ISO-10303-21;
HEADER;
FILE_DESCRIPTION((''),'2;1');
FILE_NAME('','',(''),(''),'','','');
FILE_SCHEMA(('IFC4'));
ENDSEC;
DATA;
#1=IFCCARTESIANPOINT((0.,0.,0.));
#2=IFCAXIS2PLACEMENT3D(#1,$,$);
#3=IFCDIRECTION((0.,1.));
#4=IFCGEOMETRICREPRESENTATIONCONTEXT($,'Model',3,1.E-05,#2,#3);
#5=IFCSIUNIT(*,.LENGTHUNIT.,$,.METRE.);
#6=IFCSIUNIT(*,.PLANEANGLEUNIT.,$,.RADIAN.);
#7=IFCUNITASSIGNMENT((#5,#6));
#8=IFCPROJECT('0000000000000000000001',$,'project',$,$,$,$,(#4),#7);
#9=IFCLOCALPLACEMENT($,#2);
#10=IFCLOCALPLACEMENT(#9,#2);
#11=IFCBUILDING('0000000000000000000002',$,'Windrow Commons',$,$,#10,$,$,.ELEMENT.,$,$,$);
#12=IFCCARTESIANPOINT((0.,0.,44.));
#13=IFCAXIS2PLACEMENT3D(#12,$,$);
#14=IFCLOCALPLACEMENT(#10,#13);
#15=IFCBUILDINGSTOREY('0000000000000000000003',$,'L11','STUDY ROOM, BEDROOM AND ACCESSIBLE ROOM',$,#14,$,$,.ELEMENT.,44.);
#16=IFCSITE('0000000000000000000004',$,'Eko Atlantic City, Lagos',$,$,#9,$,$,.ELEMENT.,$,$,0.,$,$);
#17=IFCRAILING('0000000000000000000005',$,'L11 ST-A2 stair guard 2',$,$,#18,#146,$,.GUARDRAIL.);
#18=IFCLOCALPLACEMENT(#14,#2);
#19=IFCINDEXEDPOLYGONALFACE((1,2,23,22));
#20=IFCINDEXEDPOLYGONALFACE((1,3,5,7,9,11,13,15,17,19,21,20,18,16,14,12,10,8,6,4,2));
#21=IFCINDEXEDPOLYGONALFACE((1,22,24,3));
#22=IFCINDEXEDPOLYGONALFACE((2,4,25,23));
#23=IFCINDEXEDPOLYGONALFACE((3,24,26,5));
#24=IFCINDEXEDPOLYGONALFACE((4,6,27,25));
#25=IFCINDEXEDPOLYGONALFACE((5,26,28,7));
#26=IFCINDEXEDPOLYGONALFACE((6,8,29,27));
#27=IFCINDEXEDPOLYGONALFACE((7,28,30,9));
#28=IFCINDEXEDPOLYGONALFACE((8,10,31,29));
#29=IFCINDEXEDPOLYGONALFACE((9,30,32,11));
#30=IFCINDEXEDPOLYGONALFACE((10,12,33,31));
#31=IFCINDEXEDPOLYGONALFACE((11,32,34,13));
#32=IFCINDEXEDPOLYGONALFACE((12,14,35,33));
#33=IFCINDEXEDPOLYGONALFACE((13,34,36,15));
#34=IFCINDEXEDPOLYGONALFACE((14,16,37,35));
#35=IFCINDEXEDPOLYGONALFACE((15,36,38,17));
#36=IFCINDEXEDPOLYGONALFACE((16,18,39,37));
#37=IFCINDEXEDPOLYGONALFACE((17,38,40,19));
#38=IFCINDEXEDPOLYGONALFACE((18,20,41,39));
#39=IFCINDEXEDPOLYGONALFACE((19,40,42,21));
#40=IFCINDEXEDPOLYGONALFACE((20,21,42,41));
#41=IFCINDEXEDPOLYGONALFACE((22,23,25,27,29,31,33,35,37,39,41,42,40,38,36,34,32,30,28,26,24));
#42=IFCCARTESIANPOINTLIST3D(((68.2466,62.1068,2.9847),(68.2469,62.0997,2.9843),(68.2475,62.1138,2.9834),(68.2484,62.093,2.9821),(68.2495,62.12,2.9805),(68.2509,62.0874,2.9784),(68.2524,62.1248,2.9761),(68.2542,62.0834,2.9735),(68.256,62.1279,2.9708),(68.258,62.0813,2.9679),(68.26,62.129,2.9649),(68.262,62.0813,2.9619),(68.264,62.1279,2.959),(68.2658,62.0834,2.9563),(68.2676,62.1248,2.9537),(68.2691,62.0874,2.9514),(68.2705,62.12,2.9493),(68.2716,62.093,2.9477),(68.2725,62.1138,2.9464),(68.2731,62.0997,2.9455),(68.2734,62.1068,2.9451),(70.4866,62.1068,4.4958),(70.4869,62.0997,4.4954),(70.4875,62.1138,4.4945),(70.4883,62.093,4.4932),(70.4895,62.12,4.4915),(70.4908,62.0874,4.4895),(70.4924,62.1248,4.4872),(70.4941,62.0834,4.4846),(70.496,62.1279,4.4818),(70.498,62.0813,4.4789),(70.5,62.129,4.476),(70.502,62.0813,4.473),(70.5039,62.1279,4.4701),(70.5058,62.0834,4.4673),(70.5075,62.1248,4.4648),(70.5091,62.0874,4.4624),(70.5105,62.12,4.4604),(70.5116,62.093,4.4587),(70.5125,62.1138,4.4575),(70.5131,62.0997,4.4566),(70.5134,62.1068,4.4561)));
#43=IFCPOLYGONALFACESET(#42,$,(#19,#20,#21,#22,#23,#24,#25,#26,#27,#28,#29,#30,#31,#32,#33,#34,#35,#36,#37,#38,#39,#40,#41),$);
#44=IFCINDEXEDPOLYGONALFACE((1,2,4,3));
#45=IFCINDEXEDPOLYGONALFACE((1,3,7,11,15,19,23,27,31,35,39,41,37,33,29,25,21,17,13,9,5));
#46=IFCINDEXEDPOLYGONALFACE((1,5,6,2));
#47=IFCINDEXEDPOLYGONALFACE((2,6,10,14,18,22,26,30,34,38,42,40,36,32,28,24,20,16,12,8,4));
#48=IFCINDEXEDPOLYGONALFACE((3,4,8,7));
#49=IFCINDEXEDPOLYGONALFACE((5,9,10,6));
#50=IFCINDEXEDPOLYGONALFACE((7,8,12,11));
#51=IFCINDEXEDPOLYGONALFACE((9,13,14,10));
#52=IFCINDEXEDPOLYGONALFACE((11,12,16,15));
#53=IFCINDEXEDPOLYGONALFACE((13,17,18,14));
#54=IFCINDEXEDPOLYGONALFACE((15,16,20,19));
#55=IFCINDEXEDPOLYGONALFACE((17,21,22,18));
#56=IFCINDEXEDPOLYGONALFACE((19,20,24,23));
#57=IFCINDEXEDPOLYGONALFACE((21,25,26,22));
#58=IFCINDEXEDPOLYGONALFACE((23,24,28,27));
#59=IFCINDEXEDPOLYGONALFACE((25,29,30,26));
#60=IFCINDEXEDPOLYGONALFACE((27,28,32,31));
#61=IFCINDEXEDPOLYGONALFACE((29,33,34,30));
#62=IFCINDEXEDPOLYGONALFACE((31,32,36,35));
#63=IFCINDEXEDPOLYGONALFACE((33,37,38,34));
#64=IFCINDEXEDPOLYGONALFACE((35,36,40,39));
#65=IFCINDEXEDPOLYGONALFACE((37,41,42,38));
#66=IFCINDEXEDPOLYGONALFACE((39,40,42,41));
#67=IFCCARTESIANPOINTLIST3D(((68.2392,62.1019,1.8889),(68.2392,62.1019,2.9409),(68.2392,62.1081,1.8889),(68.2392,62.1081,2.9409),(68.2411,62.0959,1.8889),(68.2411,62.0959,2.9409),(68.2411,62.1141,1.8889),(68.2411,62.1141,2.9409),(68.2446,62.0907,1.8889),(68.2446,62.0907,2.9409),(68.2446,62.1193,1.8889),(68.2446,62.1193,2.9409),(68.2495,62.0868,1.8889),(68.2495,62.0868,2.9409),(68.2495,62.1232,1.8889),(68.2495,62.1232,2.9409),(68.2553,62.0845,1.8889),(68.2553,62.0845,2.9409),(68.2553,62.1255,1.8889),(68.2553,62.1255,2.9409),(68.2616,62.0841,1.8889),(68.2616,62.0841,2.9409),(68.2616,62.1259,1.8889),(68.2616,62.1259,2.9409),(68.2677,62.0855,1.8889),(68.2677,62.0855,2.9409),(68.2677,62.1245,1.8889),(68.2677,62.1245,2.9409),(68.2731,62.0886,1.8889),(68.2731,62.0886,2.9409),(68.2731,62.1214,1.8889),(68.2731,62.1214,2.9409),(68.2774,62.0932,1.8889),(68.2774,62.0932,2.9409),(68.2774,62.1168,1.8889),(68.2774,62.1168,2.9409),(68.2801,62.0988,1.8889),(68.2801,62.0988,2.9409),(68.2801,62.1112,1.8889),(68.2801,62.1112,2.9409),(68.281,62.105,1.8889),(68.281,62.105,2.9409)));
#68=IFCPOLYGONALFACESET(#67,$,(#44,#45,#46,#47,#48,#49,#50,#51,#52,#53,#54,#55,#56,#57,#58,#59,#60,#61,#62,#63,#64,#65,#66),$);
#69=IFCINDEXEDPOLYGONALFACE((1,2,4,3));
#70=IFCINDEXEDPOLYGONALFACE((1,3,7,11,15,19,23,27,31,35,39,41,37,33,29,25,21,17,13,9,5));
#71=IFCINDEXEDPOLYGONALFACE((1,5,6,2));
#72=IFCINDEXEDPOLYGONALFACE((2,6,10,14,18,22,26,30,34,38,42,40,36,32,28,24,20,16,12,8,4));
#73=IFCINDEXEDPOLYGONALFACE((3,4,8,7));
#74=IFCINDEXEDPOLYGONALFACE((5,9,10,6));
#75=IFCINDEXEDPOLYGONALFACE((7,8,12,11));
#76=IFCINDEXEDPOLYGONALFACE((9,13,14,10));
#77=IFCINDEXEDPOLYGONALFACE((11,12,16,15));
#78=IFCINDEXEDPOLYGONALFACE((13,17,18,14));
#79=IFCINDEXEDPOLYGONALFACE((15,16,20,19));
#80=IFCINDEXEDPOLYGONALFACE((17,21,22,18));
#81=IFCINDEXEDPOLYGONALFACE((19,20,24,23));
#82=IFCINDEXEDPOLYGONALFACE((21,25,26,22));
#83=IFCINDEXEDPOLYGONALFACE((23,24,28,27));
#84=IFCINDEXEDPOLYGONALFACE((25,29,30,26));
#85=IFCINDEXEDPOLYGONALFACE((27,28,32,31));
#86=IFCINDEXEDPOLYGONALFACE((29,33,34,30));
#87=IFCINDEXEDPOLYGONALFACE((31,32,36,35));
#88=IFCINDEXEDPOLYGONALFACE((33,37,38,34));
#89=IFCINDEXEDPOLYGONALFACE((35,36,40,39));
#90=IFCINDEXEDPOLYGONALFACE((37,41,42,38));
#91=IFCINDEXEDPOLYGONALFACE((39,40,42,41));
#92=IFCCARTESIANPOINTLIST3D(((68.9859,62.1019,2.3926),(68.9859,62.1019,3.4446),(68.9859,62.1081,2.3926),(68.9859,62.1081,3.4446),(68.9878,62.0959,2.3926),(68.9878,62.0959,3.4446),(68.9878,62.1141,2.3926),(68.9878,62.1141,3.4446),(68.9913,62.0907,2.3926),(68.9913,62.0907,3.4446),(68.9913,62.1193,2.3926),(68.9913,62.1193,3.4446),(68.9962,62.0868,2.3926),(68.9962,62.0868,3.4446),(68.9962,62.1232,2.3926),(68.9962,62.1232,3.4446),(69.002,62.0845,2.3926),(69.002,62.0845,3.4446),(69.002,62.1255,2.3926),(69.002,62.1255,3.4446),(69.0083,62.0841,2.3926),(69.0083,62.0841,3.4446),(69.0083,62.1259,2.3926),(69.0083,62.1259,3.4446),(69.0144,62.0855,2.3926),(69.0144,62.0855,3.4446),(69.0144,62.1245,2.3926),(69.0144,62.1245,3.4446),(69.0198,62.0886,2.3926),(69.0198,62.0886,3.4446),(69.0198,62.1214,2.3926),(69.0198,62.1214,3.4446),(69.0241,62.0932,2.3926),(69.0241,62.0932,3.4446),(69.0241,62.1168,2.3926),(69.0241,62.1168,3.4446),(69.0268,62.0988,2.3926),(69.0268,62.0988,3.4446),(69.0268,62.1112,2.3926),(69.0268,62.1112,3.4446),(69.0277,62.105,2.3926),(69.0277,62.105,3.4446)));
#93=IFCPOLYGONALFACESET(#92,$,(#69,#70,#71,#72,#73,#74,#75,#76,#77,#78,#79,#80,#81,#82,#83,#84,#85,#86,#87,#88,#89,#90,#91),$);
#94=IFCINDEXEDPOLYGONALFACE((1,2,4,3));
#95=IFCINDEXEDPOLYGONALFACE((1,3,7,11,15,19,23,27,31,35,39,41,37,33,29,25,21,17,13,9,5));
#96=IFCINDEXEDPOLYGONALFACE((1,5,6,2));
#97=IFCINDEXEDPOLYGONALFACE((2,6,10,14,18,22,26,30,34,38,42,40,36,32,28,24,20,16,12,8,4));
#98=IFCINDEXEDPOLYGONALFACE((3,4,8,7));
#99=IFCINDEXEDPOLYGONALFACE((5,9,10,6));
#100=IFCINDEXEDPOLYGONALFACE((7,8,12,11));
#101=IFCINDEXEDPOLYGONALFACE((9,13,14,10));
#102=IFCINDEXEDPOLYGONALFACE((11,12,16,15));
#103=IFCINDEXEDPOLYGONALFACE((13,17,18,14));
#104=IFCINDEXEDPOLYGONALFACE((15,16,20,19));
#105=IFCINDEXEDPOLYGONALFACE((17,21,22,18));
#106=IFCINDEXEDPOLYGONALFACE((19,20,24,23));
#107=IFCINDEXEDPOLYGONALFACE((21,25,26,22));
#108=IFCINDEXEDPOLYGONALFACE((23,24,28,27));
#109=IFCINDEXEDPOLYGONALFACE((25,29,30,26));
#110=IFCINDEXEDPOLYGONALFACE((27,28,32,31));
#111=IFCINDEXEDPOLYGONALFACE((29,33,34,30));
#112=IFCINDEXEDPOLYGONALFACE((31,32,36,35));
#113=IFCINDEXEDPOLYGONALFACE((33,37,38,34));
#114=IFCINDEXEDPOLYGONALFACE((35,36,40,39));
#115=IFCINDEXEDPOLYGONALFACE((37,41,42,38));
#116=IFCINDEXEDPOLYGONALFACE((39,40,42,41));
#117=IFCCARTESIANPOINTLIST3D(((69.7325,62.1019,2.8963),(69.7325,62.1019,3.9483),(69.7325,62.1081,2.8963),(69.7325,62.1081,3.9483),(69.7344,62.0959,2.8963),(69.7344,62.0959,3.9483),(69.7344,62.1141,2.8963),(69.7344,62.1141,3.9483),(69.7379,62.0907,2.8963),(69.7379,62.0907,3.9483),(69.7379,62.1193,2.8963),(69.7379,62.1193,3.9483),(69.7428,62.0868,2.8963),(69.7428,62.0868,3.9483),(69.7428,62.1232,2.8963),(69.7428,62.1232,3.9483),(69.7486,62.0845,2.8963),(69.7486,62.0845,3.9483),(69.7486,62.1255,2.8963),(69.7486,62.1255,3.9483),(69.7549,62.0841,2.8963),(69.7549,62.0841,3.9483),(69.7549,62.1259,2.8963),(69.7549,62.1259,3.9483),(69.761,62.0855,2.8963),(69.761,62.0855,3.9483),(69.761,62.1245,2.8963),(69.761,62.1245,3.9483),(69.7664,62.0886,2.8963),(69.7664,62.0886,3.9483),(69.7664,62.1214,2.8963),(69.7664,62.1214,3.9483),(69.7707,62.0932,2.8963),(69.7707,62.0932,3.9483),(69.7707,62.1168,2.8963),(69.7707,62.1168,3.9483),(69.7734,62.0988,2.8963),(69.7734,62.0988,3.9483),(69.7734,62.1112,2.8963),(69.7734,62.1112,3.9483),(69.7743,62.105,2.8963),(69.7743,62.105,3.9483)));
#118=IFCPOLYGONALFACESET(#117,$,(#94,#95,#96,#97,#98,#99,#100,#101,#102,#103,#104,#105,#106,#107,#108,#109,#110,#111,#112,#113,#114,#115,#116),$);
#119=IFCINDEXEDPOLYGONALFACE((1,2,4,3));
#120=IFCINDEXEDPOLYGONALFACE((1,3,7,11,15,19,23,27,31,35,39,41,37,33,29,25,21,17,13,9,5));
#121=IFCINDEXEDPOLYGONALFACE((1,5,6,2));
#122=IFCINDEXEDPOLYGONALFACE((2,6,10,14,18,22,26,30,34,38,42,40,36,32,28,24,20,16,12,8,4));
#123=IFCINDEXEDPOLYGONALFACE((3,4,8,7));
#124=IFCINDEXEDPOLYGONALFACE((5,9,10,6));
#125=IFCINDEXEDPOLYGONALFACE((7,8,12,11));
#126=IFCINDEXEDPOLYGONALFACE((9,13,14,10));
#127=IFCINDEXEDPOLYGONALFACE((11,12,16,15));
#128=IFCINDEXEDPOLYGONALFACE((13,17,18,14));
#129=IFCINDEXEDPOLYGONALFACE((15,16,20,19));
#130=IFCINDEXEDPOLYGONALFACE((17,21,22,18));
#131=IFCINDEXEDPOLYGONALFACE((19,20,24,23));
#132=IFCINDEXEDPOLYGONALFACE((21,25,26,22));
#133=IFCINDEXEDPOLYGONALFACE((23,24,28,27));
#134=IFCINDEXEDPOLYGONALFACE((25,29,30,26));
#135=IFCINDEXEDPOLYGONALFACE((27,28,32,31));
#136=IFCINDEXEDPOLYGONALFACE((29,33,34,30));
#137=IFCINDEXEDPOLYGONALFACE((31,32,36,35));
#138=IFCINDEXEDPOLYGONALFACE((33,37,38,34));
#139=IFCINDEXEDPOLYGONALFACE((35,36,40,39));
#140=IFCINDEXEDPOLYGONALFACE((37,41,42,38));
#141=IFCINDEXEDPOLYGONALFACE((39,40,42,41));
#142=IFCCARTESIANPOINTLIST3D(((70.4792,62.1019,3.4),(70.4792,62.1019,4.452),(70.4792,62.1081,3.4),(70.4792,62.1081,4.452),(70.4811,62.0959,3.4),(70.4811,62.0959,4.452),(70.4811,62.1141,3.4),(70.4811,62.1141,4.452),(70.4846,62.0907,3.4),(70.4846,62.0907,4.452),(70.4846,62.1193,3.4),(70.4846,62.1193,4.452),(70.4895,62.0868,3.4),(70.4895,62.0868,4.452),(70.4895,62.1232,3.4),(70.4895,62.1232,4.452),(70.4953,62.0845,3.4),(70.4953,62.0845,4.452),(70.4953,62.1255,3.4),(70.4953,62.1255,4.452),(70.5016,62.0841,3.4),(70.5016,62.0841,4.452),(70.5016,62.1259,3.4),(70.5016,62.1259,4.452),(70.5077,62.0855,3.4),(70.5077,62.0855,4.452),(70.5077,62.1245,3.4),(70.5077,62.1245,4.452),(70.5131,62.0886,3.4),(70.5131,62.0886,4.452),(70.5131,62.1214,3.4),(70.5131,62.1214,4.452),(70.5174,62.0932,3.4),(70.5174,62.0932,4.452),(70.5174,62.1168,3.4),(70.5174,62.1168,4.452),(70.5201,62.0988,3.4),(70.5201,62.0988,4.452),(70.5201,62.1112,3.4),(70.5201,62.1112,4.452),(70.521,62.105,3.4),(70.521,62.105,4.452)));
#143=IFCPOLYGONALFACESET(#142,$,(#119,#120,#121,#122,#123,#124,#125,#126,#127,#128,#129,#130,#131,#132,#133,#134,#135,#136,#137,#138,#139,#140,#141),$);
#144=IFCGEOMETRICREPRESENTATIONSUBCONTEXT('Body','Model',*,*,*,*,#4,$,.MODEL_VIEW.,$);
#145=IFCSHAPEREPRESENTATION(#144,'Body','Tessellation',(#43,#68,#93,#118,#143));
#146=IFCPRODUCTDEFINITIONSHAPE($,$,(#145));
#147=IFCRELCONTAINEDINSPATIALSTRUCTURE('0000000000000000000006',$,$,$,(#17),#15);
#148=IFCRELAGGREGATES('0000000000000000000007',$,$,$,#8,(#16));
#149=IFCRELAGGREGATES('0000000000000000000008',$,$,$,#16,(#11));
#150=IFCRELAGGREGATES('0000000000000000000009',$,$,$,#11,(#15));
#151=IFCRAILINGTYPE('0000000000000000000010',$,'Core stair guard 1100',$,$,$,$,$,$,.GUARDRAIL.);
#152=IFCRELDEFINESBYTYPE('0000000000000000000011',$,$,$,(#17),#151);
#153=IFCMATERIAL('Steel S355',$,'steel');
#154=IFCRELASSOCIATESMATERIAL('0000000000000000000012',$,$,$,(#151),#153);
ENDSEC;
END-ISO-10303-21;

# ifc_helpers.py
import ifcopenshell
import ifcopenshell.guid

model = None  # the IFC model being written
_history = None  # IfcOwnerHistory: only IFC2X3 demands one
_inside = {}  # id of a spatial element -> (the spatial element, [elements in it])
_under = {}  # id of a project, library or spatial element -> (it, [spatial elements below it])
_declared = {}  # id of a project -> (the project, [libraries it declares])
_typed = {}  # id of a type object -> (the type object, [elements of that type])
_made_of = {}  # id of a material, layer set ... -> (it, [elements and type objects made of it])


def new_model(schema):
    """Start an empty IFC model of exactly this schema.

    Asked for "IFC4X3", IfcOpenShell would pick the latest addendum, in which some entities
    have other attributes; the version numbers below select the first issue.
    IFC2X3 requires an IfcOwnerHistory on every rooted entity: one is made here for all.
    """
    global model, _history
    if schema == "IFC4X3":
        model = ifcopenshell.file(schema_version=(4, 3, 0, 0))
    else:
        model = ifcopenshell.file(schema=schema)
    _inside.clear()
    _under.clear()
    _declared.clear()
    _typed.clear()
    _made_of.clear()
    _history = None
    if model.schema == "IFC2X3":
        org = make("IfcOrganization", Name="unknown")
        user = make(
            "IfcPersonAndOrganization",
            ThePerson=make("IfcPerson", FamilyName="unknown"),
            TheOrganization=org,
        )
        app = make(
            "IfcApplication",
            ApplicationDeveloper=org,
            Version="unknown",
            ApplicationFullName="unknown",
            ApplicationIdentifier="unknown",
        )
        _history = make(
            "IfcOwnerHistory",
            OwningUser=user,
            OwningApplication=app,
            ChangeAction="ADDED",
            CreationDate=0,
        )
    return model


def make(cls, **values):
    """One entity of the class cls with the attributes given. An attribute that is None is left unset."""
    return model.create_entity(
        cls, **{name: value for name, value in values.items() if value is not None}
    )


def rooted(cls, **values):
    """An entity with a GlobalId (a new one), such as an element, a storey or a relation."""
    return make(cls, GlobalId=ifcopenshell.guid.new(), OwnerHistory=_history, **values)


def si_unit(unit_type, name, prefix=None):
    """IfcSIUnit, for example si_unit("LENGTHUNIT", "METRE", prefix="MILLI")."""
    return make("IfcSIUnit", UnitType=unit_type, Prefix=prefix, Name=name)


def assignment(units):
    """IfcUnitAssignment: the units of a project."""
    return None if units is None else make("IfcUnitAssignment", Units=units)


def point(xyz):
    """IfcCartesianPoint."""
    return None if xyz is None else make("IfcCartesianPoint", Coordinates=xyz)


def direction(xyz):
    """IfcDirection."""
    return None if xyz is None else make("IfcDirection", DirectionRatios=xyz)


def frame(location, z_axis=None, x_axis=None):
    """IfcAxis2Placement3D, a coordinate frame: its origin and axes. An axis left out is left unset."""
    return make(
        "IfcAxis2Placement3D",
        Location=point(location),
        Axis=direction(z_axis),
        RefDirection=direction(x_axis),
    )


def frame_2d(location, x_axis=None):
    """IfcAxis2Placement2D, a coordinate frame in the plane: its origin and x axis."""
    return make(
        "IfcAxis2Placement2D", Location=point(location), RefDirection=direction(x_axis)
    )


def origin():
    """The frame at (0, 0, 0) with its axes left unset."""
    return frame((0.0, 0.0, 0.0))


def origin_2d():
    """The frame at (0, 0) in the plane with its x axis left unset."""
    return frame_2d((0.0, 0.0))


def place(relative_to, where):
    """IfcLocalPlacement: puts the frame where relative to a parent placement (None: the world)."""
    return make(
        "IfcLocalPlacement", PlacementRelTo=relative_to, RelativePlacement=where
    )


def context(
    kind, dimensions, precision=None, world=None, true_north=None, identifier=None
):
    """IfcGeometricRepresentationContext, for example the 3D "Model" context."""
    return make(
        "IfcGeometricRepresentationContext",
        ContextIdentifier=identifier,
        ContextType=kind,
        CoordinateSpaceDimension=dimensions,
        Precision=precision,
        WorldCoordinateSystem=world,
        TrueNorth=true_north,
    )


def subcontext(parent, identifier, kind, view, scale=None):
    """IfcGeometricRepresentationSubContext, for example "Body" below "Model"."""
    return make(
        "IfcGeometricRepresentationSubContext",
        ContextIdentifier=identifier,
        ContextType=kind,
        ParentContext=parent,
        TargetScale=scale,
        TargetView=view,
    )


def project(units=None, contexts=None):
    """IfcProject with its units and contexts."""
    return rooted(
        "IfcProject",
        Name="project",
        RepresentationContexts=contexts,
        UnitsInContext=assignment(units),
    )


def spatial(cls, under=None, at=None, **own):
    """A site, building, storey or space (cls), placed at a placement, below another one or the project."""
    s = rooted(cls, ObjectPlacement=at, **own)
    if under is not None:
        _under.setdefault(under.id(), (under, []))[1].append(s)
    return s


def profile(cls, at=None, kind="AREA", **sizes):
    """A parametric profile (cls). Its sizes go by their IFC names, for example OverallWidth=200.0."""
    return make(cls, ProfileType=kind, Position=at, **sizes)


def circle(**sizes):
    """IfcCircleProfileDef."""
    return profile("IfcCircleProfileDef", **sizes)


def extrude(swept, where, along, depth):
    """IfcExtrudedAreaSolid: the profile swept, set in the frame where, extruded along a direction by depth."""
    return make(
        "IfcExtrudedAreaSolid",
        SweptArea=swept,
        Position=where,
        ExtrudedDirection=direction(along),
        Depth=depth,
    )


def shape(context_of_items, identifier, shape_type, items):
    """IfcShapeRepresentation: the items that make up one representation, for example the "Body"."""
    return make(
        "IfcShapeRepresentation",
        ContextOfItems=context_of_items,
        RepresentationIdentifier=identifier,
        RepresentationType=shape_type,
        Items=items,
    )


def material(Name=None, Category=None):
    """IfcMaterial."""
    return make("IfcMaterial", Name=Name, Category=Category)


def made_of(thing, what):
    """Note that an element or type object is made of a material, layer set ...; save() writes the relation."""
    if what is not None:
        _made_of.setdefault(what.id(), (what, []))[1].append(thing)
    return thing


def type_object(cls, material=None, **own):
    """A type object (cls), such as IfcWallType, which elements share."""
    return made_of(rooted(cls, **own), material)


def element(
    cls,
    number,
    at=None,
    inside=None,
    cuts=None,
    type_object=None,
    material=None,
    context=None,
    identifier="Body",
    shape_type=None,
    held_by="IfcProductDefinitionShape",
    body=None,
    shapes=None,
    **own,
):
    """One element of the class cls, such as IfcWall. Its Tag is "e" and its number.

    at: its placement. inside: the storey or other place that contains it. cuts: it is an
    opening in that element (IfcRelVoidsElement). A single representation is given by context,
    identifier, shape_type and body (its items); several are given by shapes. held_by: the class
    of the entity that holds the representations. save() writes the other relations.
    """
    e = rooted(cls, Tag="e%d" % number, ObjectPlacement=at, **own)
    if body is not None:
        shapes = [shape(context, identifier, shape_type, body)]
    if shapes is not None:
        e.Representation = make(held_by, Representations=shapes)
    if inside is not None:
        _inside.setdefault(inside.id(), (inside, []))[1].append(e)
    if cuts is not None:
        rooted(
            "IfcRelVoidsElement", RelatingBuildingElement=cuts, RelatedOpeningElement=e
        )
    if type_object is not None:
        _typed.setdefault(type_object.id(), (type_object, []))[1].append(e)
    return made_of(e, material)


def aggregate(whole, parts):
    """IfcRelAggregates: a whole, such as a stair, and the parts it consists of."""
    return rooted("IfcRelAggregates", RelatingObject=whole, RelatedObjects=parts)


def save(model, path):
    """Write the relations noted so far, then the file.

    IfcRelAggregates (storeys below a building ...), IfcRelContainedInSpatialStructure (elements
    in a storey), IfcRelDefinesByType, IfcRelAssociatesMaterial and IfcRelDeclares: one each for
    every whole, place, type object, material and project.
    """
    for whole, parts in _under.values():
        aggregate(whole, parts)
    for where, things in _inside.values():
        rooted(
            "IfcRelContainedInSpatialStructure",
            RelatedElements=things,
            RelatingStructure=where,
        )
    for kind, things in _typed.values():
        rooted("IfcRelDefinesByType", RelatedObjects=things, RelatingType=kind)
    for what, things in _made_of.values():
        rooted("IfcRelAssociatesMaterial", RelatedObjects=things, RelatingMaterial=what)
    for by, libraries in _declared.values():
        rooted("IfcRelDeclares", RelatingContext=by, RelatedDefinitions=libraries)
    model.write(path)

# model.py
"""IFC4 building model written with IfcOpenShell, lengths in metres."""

from ifc_helpers import new_model, si_unit, direction, frame, origin, origin_2d, place, context, subcontext, project, spatial, circle, extrude, material, type_object, element, save


model = new_model("IFC4")

# Units and contexts
model_context = context("Model", 3, precision=1e-05, world=origin(), true_north=direction((0.0, 1.0)))
body_context = subcontext(model_context, "Body", "Model", "MODEL_VIEW")
ifc_project = project(units=[si_unit("LENGTHUNIT", "METRE"), si_unit("PLANEANGLEUNIT", "RADIAN")], contexts=[model_context])

# Site, building, storey
site_placement = place(None, origin())
site = spatial("IfcSite", under=ifc_project, at=site_placement, Name="Eko Atlantic City, Lagos", CompositionType="ELEMENT", RefElevation=0.0)
building_placement = place(site_placement, origin())
building = spatial("IfcBuilding", under=site, at=building_placement, Name="Windrow Commons", CompositionType="ELEMENT")
storey_placement = place(building_placement, frame((0.0, 0.0, 44.0)))
storey = spatial("IfcBuildingStorey", under=building, at=storey_placement, Name="L11", Description="STUDY ROOM, BEDROOM AND ACCESSIBLE ROOM", CompositionType="ELEMENT", Elevation=44.0)

# Railing
ifc_material_1 = material(Name="Steel S355", Category="steel")
railing_type_1 = type_object("IfcRailingType", Name="Core stair guard 1100", PredefinedType="GUARDRAIL", material=ifc_material_1)
railing_1_placement = place(storey_placement, frame((68.26, 62.105, 1.8889)))
element("IfcRailing", 1, at=railing_1_placement, inside=storey, type_object=railing_type_1, Name="L11 ST-A2 stair guard 2", PredefinedType="GUARDRAIL", context=body_context, shape_type="SweptSolid", body=[
    extrude(circle(Radius=0.024, at=origin_2d()), frame((0.0, 0.0, 1.076), z_axis=(0.829003, 0.0, 0.559244), x_axis=(0.0, 1.0, 0.0)), (0.0, 0.0, 1.0), 2.702),
    extrude(circle(Radius=0.021, at=origin_2d()), origin(), (0.0, 0.0, 1.0), 1.052),
    extrude(circle(Radius=0.021, at=origin_2d()), frame((0.7467, 0.0, 0.5037)), (0.0, 0.0, 1.0), 1.052),
    extrude(circle(Radius=0.021, at=origin_2d()), frame((1.4933, 0.0, 1.0074)), (0.0, 0.0, 1.0), 1.052),
    extrude(circle(Radius=0.021, at=origin_2d()), frame((2.24, 0.0, 1.5111)), (0.0, 0.0, 1.0), 1.052),
])

save(model, "model.ifc")
